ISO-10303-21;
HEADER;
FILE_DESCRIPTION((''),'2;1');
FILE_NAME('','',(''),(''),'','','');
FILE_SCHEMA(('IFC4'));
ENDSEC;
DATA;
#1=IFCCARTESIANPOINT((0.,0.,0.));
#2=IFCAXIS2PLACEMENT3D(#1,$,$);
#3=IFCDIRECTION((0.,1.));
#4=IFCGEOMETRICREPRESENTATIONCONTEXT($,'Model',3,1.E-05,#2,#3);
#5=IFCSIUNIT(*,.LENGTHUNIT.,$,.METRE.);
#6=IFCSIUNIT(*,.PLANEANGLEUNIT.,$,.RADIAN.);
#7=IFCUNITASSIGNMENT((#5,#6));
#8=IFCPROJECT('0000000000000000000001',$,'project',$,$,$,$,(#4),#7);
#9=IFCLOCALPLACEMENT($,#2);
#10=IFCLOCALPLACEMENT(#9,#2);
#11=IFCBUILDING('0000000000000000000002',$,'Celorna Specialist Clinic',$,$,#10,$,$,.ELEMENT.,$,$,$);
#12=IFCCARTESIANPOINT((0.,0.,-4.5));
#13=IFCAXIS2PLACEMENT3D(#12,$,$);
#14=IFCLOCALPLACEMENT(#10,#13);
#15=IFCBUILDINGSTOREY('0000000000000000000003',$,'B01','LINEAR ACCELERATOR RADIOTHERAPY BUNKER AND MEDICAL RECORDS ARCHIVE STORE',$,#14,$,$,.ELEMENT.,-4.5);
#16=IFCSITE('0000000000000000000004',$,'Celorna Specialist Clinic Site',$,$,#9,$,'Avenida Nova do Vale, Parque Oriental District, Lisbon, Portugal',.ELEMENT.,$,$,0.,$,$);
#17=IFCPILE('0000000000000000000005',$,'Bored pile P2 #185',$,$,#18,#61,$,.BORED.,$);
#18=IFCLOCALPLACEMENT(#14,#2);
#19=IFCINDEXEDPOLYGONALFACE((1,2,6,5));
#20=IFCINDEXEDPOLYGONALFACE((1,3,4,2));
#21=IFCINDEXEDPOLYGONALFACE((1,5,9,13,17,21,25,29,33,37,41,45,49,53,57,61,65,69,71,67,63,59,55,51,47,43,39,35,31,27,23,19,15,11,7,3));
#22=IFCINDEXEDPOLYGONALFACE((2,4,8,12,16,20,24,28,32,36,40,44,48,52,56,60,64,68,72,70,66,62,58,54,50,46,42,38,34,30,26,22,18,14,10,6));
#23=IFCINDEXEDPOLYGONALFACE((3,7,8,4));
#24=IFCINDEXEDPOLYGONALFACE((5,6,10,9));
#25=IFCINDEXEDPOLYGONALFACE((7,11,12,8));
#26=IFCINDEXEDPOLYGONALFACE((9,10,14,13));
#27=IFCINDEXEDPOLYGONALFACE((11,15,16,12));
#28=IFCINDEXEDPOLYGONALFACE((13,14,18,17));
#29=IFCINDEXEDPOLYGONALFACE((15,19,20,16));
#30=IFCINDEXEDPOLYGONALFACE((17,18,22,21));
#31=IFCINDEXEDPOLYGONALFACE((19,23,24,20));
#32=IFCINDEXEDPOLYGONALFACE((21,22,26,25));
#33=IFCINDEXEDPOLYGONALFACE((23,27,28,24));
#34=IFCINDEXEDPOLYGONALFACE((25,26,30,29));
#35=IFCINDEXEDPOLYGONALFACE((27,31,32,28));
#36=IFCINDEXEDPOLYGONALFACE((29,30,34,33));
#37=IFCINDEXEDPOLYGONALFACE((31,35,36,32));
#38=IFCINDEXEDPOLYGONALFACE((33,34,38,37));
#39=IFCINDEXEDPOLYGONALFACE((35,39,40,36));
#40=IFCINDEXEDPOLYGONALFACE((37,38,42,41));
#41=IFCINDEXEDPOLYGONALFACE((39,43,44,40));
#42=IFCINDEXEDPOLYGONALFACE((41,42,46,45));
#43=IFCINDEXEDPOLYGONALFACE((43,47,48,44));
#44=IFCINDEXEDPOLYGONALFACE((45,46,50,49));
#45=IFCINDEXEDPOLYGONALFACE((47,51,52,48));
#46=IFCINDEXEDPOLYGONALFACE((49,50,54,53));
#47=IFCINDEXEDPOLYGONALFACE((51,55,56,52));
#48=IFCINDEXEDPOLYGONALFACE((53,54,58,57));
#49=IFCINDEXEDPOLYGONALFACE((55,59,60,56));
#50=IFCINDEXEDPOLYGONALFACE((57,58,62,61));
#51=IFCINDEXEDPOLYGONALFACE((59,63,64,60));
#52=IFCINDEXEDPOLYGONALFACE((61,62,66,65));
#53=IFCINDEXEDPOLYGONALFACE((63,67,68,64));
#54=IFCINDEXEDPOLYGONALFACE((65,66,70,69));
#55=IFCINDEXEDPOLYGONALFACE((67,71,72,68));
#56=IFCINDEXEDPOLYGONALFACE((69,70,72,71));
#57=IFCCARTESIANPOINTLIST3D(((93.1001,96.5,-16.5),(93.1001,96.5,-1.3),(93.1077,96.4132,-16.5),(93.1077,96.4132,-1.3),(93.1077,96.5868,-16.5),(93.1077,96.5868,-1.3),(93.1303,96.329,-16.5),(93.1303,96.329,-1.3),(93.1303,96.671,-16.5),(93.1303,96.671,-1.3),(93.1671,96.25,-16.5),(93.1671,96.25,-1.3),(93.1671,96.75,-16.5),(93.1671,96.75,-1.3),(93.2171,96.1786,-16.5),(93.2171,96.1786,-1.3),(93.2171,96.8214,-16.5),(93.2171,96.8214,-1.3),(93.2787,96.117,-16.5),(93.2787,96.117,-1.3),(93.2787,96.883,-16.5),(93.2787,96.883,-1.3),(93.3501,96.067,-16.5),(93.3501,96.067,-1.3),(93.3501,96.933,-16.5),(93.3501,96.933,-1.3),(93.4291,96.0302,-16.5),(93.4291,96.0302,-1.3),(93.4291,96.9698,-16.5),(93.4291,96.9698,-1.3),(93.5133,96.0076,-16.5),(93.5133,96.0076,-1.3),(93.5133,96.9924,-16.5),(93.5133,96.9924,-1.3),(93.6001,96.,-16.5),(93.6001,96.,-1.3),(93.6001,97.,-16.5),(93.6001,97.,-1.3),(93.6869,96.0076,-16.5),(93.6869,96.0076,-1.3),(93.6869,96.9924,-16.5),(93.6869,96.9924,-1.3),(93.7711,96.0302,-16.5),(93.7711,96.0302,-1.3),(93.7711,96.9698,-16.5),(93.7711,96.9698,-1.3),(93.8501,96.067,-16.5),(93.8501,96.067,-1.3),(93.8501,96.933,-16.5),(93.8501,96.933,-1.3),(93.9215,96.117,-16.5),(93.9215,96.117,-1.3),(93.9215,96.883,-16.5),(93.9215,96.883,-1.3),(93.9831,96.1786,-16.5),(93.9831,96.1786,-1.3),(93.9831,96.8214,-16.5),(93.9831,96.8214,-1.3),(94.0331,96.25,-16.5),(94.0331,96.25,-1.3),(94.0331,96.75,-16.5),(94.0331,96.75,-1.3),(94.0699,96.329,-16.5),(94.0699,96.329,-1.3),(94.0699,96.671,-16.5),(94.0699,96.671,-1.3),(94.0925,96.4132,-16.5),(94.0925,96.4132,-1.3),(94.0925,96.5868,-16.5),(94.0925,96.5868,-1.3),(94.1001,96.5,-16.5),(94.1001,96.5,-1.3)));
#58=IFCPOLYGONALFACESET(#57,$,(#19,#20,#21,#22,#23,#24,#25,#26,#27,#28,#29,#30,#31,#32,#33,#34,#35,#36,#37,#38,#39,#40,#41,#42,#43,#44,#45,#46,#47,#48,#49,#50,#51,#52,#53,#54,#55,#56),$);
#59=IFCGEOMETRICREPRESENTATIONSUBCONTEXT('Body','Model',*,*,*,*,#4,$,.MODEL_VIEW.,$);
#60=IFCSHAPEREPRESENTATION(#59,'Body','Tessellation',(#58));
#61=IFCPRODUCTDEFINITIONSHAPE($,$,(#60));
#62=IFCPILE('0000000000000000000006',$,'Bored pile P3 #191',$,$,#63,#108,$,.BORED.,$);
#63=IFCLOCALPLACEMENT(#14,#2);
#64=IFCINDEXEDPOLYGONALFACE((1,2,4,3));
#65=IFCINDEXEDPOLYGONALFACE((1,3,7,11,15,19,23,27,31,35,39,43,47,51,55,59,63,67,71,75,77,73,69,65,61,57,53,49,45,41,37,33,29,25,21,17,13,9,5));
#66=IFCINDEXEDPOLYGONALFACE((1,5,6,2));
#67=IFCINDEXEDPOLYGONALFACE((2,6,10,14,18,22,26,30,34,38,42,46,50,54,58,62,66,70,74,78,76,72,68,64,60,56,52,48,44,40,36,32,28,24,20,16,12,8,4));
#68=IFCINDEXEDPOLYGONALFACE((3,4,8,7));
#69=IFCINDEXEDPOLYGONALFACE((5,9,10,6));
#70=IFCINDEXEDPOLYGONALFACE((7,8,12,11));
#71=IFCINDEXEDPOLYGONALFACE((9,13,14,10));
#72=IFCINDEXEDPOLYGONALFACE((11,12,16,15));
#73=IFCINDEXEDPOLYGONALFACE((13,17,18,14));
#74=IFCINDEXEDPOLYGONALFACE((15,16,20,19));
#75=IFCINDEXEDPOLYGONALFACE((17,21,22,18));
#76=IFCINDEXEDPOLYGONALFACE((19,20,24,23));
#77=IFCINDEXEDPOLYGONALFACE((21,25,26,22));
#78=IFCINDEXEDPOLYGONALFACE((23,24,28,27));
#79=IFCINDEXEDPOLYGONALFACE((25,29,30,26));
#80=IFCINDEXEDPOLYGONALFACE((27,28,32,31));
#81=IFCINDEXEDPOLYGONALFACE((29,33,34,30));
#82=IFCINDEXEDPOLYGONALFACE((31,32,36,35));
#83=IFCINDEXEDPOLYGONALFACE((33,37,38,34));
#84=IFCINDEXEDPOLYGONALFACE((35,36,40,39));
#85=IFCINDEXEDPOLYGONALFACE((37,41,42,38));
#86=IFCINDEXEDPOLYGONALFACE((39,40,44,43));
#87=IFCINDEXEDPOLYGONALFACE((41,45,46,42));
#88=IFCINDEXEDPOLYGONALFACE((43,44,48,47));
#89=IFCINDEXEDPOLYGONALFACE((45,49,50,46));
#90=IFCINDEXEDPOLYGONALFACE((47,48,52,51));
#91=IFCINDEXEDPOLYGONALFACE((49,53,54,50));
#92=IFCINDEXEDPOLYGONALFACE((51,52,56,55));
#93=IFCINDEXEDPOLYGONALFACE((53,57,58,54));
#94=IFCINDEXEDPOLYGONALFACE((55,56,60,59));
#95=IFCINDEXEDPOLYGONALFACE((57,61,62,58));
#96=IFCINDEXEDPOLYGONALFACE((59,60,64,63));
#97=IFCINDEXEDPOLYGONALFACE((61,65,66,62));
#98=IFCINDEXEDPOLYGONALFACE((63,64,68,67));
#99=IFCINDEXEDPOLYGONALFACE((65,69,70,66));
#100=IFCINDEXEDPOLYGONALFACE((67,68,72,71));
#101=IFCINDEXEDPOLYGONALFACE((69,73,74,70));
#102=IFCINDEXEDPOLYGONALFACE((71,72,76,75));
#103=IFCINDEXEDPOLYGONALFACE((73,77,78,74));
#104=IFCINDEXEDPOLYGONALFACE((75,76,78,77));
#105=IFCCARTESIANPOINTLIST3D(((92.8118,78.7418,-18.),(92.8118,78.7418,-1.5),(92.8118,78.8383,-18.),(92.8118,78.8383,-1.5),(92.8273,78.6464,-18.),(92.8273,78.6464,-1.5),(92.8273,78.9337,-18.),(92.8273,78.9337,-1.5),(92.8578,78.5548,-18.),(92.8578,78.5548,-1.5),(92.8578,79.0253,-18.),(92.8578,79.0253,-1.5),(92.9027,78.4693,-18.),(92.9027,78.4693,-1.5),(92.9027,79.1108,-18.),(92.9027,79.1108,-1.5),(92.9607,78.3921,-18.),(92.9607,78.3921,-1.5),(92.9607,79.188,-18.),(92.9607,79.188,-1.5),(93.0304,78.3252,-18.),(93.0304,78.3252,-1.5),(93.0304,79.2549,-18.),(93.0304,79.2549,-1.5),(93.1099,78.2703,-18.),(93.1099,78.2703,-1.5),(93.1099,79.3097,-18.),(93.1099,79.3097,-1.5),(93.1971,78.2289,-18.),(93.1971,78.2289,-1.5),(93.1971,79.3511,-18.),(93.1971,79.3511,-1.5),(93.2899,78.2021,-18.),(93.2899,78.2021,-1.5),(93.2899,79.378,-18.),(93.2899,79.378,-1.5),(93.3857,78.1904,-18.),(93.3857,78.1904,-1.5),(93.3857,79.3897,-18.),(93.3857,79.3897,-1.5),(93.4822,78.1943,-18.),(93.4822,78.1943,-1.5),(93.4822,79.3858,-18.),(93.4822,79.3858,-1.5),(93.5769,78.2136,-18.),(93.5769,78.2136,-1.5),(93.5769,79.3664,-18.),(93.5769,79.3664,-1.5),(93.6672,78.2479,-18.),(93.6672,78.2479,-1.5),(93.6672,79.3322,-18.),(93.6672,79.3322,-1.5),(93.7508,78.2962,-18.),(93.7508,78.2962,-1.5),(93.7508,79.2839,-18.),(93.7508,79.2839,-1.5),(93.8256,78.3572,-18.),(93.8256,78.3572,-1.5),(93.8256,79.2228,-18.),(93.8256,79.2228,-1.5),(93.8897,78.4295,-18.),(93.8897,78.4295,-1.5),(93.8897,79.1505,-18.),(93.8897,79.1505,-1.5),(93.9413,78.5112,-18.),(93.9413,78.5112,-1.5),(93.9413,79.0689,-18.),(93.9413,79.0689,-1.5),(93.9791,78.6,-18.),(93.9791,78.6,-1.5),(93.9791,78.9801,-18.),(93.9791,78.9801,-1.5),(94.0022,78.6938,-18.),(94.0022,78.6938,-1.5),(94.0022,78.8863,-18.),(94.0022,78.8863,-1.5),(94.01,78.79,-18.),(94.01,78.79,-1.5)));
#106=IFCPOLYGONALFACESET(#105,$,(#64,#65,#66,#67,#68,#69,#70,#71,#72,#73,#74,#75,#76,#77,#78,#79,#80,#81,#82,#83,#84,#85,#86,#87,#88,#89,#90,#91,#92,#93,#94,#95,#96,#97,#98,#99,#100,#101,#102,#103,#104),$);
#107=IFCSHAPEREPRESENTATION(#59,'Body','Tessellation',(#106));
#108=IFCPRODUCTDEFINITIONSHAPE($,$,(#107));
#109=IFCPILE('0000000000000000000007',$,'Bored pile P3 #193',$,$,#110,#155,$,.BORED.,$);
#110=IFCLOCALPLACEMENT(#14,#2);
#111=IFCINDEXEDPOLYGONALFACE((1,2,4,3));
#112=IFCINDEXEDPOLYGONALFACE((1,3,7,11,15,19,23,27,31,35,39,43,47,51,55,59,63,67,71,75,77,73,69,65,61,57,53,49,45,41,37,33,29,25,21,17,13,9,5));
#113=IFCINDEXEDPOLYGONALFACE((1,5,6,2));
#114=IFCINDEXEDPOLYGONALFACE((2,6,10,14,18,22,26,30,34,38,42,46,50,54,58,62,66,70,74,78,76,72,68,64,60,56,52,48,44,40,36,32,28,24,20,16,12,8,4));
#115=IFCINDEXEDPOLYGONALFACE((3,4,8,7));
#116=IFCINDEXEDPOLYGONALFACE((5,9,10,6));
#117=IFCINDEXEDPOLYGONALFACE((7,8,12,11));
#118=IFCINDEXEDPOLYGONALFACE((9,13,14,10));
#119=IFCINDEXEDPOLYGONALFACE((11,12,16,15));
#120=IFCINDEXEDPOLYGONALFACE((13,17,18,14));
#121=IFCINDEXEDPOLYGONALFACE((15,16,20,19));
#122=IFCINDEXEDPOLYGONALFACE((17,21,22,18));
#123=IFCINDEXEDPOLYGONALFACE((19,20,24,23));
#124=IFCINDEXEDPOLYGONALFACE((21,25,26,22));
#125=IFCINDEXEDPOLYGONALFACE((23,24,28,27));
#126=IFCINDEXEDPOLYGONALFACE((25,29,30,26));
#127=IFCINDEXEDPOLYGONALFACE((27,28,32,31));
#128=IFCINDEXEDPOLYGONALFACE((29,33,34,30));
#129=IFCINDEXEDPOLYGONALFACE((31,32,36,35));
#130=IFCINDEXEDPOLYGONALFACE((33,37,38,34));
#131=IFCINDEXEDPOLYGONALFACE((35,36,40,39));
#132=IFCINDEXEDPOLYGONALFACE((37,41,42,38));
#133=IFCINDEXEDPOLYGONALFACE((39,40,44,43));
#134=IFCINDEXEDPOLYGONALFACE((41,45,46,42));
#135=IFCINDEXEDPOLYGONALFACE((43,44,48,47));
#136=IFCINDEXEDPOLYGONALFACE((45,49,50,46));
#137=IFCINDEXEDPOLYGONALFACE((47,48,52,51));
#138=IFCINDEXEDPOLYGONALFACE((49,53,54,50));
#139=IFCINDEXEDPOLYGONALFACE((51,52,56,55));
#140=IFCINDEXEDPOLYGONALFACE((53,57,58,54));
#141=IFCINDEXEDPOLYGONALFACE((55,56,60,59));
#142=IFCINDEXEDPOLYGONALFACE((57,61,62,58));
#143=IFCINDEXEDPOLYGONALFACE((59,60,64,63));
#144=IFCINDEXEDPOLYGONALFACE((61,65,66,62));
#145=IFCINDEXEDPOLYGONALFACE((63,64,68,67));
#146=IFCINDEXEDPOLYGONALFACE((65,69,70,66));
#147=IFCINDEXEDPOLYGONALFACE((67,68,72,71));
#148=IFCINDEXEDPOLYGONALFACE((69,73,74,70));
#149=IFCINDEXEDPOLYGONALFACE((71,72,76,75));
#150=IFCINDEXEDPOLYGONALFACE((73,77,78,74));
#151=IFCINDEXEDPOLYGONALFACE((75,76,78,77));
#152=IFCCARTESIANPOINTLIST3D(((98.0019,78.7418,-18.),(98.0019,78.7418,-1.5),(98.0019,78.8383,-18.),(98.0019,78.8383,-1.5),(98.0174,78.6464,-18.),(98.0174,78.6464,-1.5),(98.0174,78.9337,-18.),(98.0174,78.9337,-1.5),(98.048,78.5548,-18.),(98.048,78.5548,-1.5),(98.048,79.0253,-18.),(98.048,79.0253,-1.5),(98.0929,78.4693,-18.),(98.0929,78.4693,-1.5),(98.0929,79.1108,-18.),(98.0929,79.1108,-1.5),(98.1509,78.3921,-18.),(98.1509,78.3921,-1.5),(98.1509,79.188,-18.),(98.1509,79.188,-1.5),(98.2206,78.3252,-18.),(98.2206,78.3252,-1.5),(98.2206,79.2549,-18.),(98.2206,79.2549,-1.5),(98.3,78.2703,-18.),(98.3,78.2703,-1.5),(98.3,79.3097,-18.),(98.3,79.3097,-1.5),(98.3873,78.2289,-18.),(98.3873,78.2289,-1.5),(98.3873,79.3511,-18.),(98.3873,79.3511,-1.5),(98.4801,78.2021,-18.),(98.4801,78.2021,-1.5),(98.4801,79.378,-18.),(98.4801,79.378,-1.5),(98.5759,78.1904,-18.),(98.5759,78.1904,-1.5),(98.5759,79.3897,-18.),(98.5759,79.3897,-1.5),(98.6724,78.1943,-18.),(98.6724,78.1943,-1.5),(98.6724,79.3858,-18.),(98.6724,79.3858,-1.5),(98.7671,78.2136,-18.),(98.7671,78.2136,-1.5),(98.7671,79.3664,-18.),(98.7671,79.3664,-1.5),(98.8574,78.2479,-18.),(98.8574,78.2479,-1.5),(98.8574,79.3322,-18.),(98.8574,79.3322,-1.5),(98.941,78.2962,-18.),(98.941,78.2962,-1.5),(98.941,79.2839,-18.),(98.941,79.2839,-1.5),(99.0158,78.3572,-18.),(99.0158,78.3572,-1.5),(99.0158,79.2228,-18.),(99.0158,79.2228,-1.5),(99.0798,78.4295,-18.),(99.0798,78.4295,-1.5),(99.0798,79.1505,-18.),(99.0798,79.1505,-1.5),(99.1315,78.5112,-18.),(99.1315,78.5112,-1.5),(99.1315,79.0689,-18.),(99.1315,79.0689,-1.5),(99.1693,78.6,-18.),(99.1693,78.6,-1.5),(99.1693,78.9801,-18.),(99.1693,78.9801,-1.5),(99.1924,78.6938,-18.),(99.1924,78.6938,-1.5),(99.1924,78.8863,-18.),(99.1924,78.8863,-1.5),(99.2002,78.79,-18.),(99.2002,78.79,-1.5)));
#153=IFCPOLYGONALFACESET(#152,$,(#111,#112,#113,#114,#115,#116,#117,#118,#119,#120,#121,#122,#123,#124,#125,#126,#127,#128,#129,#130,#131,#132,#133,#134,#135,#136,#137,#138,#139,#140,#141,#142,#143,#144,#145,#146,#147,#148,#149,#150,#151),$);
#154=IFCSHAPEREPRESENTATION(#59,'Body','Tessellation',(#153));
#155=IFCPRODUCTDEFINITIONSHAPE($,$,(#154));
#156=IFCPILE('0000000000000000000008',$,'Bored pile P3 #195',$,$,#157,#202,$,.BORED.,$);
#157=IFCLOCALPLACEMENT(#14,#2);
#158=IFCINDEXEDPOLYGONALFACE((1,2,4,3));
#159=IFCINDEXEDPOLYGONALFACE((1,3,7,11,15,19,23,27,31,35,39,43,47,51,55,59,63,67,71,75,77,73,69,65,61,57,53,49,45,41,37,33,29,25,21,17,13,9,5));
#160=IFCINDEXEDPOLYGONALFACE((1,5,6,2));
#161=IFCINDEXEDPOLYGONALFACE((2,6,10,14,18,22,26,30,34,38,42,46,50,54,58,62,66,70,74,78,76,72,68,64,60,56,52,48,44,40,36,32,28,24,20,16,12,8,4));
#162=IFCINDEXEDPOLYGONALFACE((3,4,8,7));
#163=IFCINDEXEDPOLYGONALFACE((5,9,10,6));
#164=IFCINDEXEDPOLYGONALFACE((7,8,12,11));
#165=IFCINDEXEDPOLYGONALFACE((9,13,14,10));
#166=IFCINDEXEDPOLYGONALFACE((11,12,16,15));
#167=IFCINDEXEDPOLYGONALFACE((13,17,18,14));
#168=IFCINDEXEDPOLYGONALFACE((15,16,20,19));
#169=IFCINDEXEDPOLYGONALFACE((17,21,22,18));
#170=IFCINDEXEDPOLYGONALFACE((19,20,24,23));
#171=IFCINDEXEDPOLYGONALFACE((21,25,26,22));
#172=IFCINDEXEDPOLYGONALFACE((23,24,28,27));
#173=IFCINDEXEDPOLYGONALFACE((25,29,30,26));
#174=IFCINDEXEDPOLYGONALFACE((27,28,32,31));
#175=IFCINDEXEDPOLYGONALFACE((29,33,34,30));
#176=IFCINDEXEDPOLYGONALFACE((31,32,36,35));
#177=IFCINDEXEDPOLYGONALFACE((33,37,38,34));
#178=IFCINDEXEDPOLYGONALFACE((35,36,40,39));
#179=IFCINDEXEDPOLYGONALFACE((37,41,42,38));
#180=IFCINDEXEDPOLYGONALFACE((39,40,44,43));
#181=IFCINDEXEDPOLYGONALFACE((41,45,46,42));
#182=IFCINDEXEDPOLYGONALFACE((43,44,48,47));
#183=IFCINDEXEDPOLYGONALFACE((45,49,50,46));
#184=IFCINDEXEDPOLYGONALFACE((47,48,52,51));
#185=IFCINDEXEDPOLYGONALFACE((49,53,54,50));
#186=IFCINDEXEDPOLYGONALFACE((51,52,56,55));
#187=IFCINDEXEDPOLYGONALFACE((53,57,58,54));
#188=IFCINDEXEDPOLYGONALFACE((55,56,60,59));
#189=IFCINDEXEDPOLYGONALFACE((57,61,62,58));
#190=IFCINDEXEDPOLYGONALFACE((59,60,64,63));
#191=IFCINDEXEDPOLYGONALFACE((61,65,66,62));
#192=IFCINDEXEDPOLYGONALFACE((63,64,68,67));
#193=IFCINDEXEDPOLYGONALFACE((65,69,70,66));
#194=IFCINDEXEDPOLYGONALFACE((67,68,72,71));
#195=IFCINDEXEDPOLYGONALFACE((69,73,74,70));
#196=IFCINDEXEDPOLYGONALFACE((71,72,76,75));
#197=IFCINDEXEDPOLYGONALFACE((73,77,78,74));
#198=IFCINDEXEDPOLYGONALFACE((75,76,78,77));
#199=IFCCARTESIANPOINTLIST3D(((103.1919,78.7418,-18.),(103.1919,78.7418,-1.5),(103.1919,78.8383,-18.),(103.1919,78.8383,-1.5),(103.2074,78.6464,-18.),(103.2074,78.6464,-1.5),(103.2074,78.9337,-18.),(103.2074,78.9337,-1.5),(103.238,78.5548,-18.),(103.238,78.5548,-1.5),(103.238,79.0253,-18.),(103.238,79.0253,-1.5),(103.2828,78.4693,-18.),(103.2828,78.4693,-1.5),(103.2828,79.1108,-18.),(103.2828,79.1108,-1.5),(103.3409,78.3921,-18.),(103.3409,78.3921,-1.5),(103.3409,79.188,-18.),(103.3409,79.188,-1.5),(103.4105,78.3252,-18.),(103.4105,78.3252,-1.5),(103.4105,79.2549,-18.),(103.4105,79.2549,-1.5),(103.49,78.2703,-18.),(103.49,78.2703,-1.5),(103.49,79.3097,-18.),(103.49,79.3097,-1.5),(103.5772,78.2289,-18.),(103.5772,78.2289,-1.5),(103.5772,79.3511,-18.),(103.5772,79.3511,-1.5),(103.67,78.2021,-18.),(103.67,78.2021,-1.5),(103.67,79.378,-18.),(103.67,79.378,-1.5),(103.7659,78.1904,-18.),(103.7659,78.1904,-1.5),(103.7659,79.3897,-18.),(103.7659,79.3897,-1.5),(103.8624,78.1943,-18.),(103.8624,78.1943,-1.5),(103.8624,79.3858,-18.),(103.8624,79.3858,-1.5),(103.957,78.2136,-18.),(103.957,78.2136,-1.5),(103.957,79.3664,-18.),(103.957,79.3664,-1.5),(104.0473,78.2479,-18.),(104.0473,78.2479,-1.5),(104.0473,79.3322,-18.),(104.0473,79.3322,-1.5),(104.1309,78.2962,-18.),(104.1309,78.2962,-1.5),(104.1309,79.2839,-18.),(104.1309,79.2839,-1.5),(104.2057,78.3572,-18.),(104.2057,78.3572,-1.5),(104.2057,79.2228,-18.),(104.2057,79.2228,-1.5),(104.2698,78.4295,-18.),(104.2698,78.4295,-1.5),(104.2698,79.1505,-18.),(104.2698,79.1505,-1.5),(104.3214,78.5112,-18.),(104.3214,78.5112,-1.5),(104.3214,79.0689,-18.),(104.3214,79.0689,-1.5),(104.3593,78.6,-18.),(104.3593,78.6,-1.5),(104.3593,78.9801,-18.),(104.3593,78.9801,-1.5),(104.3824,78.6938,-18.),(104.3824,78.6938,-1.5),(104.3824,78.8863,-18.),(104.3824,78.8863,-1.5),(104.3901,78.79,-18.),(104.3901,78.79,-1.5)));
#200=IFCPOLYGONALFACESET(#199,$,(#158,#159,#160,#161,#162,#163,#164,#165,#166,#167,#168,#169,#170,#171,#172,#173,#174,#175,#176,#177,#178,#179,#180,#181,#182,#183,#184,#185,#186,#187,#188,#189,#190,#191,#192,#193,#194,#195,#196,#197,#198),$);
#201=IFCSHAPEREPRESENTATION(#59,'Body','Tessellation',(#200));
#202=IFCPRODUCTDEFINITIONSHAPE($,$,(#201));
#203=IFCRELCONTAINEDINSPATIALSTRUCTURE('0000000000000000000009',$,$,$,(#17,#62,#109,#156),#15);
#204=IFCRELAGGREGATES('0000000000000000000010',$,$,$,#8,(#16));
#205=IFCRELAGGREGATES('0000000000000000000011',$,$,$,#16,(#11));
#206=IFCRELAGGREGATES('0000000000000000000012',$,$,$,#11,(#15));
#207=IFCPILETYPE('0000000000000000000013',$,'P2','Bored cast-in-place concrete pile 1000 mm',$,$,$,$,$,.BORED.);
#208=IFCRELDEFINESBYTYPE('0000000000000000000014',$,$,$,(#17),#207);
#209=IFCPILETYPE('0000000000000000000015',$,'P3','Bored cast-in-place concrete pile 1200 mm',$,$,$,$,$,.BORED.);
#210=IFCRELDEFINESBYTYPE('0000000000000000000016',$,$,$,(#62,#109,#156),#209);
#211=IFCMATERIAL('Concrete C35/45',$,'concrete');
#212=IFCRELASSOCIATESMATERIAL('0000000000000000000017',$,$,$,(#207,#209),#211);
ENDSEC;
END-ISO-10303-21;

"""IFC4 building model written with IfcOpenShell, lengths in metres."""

from ifc_helpers import new_model, si_unit, direction, frame, origin, origin_2d, place, context, subcontext, project, spatial, circle, extrude, material, material_profile, profile_set, type_object, element, save


model = new_model("IFC4")

# Units and contexts
model_context = context("Model", 3, precision=1e-05, world=origin(), true_north=direction((0.0, 1.0)))
body_context = subcontext(model_context, "Body", "Model", "MODEL_VIEW")
ifc_project = project(units=[si_unit("LENGTHUNIT", "METRE"), si_unit("PLANEANGLEUNIT", "RADIAN")], contexts=[model_context])

# Site, building, storey
site_placement = place(None, origin())
site = spatial("IfcSite", under=ifc_project, at=site_placement, Name="Celorna Specialist Clinic Site", LongName="Avenida Nova do Vale, Parque Oriental District, Lisbon, Portugal", CompositionType="ELEMENT", RefElevation=0.0)
building_placement = place(site_placement, origin())
building = spatial("IfcBuilding", under=site, at=building_placement, Name="Celorna Specialist Clinic", CompositionType="ELEMENT")
storey_placement = place(building_placement, frame((0.0, 0.0, -4.5)))
storey = spatial("IfcBuildingStorey", under=building, at=storey_placement, Name="B01", Description="LINEAR ACCELERATOR RADIOTHERAPY BUNKER AND MEDICAL RECORDS ARCHIVE STORE", CompositionType="ELEMENT", Elevation=-4.5)

# Shared definitions
ifc_material_1 = material(Name="Concrete C35/45", Category="concrete")

# Piles
ifc_material_profile_1 = material_profile(ifc_material_1, circle(Radius=0.5, at=origin_2d()), Name="BORED PILE 1000")
ifc_profile_set_1 = profile_set([ifc_material_profile_1], Name="Concrete C35/45")
pile_type_1 = type_object("IfcPileType", Name="P2", Description="Bored cast-in-place concrete pile 1000 mm", PredefinedType="BORED", material=ifc_profile_set_1)
for number, where, z_axis, x_axis, name in (
    (1, (93.6001, 96.5, -1.3), (0.0, 0.0, -1.0), (1.0, 0.0, 0.0), "Bored pile P2 #185"),
):
    element("IfcPile", number, at=place(storey_placement, frame(where, z_axis=z_axis, x_axis=x_axis)), inside=storey, type_object=pile_type_1, Name=name, PredefinedType="BORED", context=body_context, shape_type="SweptSolid", body=[
        extrude(circle(Radius=0.5, at=origin_2d()), origin(), (0.0, 0.0, 1.0), 15.2),
    ])
ifc_material_profile_2 = material_profile(ifc_material_1, circle(Radius=0.6001, at=origin_2d()), Name="BORED PILE 1200")
ifc_profile_set_2 = profile_set([ifc_material_profile_2], Name="Concrete C35/45")
pile_type_2 = type_object("IfcPileType", Name="P3", Description="Bored cast-in-place concrete pile 1200 mm", PredefinedType="BORED", material=ifc_profile_set_2)
for number, where, z_axis, x_axis, name in (
    (2, (93.4099, 78.79, -1.5), (0.0, 0.0, -1.0), (1.0, 0.0, 0.0), "Bored pile P3 #191"),
    (3, (98.6001, 78.79, -1.5), (0.0, 0.0, -1.0), (1.0, 0.0, 0.0), "Bored pile P3 #193"),
    (4, (103.79, 78.79, -1.5), (0.0, 0.0, -1.0), (1.0, 0.0, 0.0), "Bored pile P3 #195"),
):
    element("IfcPile", number, at=place(storey_placement, frame(where, z_axis=z_axis, x_axis=x_axis)), inside=storey, type_object=pile_type_2, Name=name, PredefinedType="BORED", context=body_context, shape_type="SweptSolid", body=[
        extrude(circle(Radius=0.6001, at=origin_2d()), origin(), (0.0, 0.0, 1.0), 16.5),
    ])

save(model, "model.ifc")
